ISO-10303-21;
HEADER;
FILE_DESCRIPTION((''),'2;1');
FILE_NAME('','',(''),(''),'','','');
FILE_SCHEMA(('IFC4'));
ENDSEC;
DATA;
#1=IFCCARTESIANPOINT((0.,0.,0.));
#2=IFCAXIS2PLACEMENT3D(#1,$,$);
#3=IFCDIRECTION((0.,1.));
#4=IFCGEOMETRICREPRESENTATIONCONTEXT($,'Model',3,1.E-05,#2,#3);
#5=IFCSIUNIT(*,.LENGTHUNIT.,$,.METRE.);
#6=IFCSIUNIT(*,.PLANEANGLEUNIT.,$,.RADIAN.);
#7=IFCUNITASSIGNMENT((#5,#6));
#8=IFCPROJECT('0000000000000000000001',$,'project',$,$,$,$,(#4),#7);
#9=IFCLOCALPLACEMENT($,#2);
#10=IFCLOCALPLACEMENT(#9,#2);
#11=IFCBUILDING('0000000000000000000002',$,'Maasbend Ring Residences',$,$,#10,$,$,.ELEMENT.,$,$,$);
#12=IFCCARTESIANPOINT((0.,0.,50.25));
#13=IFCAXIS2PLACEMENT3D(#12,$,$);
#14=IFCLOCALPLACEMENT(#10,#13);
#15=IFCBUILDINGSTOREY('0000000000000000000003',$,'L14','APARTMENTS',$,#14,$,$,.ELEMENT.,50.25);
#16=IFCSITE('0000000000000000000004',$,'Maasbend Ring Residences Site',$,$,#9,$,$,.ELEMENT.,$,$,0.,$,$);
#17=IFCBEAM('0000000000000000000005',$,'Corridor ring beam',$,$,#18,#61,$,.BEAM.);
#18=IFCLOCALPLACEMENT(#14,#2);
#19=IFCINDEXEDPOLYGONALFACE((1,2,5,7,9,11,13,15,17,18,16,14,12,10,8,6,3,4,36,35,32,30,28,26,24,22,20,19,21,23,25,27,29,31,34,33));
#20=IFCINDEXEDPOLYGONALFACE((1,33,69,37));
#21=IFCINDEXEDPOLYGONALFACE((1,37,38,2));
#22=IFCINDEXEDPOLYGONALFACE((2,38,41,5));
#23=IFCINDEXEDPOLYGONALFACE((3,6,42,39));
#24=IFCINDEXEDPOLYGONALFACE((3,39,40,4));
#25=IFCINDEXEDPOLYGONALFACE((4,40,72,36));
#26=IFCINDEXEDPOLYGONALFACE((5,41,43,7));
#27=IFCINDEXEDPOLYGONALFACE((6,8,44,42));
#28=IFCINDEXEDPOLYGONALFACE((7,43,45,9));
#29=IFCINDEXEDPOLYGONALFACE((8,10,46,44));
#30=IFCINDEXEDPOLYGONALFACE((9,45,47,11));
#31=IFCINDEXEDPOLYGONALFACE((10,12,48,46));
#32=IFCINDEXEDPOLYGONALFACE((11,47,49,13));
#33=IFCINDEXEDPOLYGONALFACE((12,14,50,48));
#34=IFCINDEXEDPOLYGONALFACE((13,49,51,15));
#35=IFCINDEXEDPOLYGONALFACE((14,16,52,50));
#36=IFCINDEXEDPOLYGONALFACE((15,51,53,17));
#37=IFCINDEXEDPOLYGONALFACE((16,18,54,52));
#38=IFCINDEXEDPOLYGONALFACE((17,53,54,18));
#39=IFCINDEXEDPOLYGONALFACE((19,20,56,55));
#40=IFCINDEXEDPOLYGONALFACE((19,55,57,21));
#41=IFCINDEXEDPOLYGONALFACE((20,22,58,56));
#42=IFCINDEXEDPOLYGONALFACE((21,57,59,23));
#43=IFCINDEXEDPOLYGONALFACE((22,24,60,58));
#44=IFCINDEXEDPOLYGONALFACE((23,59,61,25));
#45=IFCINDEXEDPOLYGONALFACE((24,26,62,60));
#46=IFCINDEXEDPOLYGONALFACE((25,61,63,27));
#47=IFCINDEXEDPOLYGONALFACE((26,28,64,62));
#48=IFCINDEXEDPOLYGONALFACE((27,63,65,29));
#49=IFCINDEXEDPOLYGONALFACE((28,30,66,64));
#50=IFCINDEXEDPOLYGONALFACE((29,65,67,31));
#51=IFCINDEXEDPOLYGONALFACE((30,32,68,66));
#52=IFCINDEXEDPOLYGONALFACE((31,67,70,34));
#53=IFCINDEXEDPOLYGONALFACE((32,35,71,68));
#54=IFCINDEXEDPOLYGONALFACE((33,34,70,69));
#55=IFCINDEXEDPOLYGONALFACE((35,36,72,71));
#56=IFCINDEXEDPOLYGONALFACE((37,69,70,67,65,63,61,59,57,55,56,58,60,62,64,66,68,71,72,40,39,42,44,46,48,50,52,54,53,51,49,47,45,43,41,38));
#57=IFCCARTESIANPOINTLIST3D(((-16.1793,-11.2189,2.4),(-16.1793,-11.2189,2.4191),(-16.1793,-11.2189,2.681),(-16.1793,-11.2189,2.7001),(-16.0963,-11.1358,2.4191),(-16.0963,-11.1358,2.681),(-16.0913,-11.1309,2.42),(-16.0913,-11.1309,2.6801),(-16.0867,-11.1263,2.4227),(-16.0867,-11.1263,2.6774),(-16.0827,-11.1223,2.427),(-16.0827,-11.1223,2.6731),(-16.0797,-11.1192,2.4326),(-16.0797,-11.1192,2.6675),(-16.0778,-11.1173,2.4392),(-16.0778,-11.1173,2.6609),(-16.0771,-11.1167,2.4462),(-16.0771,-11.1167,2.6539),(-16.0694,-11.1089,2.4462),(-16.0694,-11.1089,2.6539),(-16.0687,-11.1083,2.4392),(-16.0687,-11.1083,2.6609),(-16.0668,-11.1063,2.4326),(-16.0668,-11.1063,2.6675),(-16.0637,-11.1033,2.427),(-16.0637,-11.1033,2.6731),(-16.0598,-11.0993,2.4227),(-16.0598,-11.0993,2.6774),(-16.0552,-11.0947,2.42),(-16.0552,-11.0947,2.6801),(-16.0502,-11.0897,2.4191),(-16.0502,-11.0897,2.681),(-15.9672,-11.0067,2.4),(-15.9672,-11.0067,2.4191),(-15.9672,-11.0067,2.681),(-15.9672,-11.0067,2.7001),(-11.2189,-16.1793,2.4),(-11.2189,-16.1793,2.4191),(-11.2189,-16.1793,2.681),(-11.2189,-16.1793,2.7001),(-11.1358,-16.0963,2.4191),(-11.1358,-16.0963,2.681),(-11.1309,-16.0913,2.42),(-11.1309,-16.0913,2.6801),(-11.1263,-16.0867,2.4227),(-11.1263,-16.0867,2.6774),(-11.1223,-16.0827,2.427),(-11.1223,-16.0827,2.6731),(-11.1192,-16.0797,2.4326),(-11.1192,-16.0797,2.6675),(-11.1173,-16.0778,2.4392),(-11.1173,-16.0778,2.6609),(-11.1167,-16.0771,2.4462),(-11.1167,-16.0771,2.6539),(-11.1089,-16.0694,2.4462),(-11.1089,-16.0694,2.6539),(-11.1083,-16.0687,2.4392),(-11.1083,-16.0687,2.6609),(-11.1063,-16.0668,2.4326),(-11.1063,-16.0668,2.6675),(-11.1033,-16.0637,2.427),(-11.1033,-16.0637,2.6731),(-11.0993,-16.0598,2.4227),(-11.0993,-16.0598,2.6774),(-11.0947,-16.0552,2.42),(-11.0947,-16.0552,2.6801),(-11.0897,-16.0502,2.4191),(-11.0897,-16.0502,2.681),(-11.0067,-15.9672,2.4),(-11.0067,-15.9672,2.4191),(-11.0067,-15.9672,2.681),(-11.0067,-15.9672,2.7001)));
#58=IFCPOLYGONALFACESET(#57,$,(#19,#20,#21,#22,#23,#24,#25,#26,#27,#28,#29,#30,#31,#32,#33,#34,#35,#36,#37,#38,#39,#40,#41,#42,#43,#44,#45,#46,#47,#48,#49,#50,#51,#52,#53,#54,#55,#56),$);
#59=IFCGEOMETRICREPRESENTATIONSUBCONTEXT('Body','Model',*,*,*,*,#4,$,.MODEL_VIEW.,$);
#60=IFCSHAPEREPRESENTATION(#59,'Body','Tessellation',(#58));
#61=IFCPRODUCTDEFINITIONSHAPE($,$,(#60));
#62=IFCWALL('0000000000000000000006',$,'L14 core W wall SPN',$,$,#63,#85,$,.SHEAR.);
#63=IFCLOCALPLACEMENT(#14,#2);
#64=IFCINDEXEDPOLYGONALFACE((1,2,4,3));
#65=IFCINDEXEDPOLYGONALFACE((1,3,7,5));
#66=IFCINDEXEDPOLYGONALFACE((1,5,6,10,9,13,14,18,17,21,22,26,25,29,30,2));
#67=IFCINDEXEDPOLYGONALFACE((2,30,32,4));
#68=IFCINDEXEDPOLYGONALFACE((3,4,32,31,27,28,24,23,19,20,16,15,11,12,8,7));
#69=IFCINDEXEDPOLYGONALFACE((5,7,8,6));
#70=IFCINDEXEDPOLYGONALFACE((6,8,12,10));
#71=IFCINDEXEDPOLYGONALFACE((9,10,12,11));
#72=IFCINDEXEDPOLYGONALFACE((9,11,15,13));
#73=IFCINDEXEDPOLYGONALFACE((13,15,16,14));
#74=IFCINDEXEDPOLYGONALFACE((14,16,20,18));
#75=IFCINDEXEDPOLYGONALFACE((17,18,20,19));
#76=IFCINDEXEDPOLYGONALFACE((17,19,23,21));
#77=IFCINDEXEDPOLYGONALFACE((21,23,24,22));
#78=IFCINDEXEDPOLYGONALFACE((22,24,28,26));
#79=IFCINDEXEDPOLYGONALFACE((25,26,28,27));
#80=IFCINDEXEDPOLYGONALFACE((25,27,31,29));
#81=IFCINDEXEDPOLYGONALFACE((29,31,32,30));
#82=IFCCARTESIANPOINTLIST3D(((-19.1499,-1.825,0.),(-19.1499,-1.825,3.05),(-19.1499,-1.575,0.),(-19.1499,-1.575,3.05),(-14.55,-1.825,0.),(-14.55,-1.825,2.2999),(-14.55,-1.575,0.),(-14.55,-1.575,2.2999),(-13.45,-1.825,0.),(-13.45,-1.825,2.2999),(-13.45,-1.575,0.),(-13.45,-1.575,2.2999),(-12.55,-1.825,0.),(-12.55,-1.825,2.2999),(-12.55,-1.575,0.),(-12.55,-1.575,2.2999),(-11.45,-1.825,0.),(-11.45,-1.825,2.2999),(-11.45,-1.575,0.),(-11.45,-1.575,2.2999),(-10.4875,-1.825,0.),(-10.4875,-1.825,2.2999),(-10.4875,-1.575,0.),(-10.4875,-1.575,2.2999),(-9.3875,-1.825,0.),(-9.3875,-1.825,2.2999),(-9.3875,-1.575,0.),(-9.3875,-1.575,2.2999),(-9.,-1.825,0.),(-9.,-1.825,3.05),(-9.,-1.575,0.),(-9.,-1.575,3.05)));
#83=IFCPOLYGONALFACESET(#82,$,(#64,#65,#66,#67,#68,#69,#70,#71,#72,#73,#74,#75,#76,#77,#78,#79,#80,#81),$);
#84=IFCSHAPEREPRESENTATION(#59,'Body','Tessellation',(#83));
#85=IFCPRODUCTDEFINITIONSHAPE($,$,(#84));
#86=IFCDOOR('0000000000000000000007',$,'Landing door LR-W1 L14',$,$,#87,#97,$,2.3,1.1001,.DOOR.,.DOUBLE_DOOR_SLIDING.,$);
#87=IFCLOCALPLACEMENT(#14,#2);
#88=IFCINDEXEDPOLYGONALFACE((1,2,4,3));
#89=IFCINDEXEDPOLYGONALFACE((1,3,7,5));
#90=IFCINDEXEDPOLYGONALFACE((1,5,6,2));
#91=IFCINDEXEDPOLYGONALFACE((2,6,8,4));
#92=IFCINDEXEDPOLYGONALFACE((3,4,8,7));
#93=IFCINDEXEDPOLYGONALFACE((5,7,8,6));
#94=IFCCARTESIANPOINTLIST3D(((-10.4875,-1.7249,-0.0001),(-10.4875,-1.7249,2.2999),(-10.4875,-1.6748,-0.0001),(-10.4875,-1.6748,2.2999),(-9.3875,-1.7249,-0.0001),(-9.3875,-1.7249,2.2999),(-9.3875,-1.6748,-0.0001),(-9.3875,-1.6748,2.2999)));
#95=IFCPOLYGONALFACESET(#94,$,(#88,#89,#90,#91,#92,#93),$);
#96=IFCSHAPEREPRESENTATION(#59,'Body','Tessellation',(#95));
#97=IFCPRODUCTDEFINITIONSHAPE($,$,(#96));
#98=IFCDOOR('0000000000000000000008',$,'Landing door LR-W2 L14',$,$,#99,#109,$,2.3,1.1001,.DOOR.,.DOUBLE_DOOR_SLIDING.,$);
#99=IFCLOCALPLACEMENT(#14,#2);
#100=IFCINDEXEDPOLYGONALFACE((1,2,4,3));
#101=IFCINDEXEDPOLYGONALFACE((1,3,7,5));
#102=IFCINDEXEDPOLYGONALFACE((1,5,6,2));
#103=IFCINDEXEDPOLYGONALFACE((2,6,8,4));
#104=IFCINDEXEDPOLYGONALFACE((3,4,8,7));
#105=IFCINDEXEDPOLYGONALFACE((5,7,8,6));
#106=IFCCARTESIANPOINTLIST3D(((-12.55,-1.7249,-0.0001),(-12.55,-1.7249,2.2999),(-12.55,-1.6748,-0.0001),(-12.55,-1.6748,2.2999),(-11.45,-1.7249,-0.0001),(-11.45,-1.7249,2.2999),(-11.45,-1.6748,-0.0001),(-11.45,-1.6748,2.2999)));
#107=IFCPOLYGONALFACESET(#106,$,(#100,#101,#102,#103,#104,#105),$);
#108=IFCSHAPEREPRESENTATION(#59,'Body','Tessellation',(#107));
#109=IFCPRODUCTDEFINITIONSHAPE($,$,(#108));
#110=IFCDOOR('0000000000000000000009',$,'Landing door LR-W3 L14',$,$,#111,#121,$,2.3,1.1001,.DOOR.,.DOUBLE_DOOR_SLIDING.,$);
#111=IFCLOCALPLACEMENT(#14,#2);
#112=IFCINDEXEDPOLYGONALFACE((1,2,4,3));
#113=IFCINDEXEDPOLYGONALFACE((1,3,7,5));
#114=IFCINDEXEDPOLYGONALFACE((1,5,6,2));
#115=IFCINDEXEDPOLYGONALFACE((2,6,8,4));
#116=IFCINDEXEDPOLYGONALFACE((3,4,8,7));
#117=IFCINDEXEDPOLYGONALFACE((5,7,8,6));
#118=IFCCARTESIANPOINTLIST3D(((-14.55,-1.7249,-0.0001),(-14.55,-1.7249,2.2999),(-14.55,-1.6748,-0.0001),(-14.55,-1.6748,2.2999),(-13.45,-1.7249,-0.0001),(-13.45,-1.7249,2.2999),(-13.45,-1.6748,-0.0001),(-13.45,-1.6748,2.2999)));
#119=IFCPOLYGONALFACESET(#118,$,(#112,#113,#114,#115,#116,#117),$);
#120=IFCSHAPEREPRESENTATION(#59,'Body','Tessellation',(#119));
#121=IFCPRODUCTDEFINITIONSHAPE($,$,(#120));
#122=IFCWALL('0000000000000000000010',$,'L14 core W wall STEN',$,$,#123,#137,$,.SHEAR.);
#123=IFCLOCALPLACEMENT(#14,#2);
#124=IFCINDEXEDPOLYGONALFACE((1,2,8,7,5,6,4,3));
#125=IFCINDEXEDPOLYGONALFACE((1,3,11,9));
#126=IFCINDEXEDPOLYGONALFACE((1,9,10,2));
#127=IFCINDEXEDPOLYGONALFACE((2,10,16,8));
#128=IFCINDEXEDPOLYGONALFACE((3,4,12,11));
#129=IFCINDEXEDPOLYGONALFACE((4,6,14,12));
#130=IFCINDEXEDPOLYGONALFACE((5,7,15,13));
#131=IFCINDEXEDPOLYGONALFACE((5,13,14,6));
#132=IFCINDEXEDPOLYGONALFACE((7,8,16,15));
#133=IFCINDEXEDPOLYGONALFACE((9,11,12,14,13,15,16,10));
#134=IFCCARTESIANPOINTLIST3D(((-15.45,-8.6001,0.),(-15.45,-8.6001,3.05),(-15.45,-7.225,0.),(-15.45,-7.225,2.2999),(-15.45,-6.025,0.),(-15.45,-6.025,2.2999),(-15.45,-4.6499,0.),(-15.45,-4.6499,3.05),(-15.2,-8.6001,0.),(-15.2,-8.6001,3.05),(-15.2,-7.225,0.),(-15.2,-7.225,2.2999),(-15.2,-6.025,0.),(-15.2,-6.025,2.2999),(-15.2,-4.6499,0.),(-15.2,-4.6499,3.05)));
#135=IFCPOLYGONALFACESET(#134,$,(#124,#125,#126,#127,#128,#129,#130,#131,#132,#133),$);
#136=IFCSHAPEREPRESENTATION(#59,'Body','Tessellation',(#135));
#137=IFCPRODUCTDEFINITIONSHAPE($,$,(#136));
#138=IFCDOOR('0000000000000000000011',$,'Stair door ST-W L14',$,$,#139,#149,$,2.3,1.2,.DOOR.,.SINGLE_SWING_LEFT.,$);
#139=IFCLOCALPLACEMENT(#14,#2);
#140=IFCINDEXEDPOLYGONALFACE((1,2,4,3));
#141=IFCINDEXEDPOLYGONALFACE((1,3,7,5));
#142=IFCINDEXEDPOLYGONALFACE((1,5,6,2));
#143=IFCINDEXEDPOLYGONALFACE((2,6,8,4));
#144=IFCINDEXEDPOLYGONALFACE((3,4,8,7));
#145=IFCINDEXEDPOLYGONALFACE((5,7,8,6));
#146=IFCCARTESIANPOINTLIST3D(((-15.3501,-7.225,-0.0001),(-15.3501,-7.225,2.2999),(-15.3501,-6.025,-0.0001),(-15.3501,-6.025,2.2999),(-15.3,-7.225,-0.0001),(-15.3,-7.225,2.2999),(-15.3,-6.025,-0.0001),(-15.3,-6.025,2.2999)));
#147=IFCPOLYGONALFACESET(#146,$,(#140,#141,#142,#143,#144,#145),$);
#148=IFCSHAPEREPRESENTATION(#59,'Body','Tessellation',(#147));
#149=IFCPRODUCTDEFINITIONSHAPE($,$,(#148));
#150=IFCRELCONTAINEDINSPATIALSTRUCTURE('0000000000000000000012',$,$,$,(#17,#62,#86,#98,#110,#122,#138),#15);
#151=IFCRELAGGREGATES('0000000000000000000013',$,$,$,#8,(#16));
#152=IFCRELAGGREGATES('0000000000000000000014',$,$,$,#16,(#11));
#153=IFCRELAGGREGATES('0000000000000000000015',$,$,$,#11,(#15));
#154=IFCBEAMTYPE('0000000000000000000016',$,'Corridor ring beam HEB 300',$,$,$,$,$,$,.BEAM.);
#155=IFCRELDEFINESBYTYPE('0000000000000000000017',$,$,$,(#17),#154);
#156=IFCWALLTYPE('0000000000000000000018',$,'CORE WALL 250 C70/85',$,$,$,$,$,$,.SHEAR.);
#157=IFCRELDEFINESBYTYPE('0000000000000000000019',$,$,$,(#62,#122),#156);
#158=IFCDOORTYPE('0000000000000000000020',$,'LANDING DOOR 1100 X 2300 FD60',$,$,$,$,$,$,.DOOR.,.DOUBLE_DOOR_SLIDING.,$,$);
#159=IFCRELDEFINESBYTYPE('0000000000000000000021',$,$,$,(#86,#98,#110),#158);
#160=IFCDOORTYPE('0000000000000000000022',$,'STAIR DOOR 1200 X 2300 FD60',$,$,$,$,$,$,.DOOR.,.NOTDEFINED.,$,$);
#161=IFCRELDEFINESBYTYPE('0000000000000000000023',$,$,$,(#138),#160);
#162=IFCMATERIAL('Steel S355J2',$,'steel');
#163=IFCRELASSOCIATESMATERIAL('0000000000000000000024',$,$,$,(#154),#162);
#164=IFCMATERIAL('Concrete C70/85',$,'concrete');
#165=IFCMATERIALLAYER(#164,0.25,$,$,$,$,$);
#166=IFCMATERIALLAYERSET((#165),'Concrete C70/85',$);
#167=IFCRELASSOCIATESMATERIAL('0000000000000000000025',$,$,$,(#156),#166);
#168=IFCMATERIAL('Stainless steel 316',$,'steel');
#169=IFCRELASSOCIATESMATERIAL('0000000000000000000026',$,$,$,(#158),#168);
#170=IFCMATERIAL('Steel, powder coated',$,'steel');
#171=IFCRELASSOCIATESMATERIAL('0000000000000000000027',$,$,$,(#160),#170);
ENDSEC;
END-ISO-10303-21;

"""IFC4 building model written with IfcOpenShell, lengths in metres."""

from ifc_helpers import new_model, si_unit, direction, frame, frame_2d, origin, origin_2d, place, context, subcontext, project, spatial, rectangle, i_section, extrude, material, layer, layer_set, material_profile, profile_set, type_object, element, fill, save


model = new_model("IFC4")

# Units and contexts
model_context = context("Model", 3, precision=1e-05, world=origin(), true_north=direction((0.0, 1.0)))
body_context = subcontext(model_context, "Body", "Model", "MODEL_VIEW")
ifc_project = project(units=[si_unit("LENGTHUNIT", "METRE"), si_unit("PLANEANGLEUNIT", "RADIAN")], contexts=[model_context])

# Site, building, storey
site_placement = place(None, origin())
site = spatial("IfcSite", under=ifc_project, at=site_placement, Name="Maasbend Ring Residences Site", CompositionType="ELEMENT", RefElevation=0.0)
building_placement = place(site_placement, origin())
building = spatial("IfcBuilding", under=site, at=building_placement, Name="Maasbend Ring Residences", CompositionType="ELEMENT")
storey_placement = place(building_placement, frame((0.0, 0.0, 50.25)))
storey = spatial("IfcBuildingStorey", under=building, at=storey_placement, Name="L14", Description="APARTMENTS", CompositionType="ELEMENT", Elevation=50.25)

# Beam
ifc_material_1 = material(Name="Steel S355J2", Category="steel")
ifc_material_profile = material_profile(ifc_material_1, i_section(OverallWidth=0.3, OverallDepth=0.3, WebThickness=0.011, FlangeThickness=0.019, FilletRadius=0.0271, at=origin_2d()), Name="HEB 300")
ifc_profile_set = profile_set([ifc_material_profile], Name="Steel S355J2")
beam_type = type_object("IfcBeamType", Name="Corridor ring beam HEB 300", PredefinedType="BEAM", material=ifc_profile_set)
beam_placement = place(storey_placement, frame((-16.0732, -11.1128, 2.55), z_axis=(0.707107, -0.707107, 0.0), x_axis=(0.707107, 0.707107, 0.0)))
element("IfcBeam", 1, at=beam_placement, inside=storey, type_object=beam_type, Name="Corridor ring beam", PredefinedType="BEAM", context=body_context, shape_type="SweptSolid", body=[
    extrude(i_section(OverallWidth=0.3, OverallDepth=0.3, WebThickness=0.011, FlangeThickness=0.019, FilletRadius=0.0271, at=origin_2d()), origin(), (0.0, 0.0, 1.0), 7.0151),
])

# Wall, openings, doors
ifc_material_2 = material(Name="Concrete C70/85", Category="concrete")
ifc_layer_1 = layer(ifc_material_2, 0.25)
ifc_layer_set_1 = layer_set([ifc_layer_1], Name="Concrete C70/85")
wall_type_1 = type_object("IfcWallType", Name="CORE WALL 250 C70/85", PredefinedType="SHEAR", material=ifc_layer_set_1)
wall_1_placement = place(storey_placement, frame((-9.0, -1.7, 0.0), z_axis=(0.0, 0.0, 1.0), x_axis=(-1.0, 0.0, 0.0)))
wall_1 = element("IfcWall", 2, at=wall_1_placement, inside=storey, type_object=wall_type_1, Name="L14 core W wall SPN", PredefinedType="SHEAR", context=body_context, shape_type="SweptSolid", body=[
    extrude(rectangle(XDim=10.1499, YDim=0.25, at=frame_2d((5.075, 0.0))), origin(), (0.0, 0.0, 1.0), 3.05),
])
opening_1_placement = place(wall_1_placement, frame((0.3875, 0.0, 0.0)))
opening_1 = element("IfcOpeningElement", 3, at=opening_1_placement, cuts=wall_1, PredefinedType="OPENING", context=body_context, shape_type="SweptSolid", body=[
    extrude(rectangle(XDim=1.1001, YDim=2.3, at=frame_2d((0.55, 1.1499))), frame((0.0, 0.135, 0.0), z_axis=(0.0, -1.0, 0.0), x_axis=(1.0, 0.0, 0.0)), (0.0, 0.0, 1.0), 0.27),
])
opening_2_placement = place(wall_1_placement, frame((2.45, 0.0, 0.0)))
opening_2 = element("IfcOpeningElement", 4, at=opening_2_placement, cuts=wall_1, PredefinedType="OPENING", context=body_context, shape_type="SweptSolid", body=[
    extrude(rectangle(XDim=1.1001, YDim=2.3, at=frame_2d((0.55, 1.1499))), frame((0.0, 0.135, 0.0), z_axis=(0.0, -1.0, 0.0), x_axis=(1.0, 0.0, 0.0)), (0.0, 0.0, 1.0), 0.27),
])
opening_3_placement = place(wall_1_placement, frame((4.45, 0.0, 0.0)))
opening_3 = element("IfcOpeningElement", 5, at=opening_3_placement, cuts=wall_1, PredefinedType="OPENING", context=body_context, shape_type="SweptSolid", body=[
    extrude(rectangle(XDim=1.1001, YDim=2.3, at=frame_2d((0.55, 1.1499))), frame((0.0, 0.135, 0.0), z_axis=(0.0, -1.0, 0.0), x_axis=(1.0, 0.0, 0.0)), (0.0, 0.0, 1.0), 0.27),
])
ifc_material_3 = material(Name="Stainless steel 316", Category="steel")
door_type_1 = type_object("IfcDoorType", Name="LANDING DOOR 1100 X 2300 FD60", OperationType="DOUBLE_DOOR_SLIDING", PredefinedType="DOOR", material=ifc_material_3)
door_1_placement = place(opening_1_placement, origin())
door_1 = element("IfcDoor", 6, at=door_1_placement, inside=storey, type_object=door_type_1, Name="Landing door LR-W1 L14", OperationType="DOUBLE_DOOR_SLIDING", OverallHeight=2.3, OverallWidth=1.1001, PredefinedType="DOOR", context=body_context, shape_type="SweptSolid", body=[
    extrude(rectangle(XDim=1.1001, YDim=2.3, at=frame_2d((0.55, 1.1499))), frame((0.0, 0.0249, 0.0), z_axis=(0.0, -1.0, 0.0), x_axis=(1.0, 0.0, 0.0)), (0.0, 0.0, 1.0), 0.05),
])
fill(opening_1, door_1)
door_2_placement = place(opening_2_placement, origin())
door_2 = element("IfcDoor", 7, at=door_2_placement, inside=storey, type_object=door_type_1, Name="Landing door LR-W2 L14", OperationType="DOUBLE_DOOR_SLIDING", OverallHeight=2.3, OverallWidth=1.1001, PredefinedType="DOOR", context=body_context, shape_type="SweptSolid", body=[
    extrude(rectangle(XDim=1.1001, YDim=2.3, at=frame_2d((0.55, 1.1499))), frame((0.0, 0.0249, 0.0), z_axis=(0.0, -1.0, 0.0), x_axis=(1.0, 0.0, 0.0)), (0.0, 0.0, 1.0), 0.05),
])
fill(opening_2, door_2)
door_3_placement = place(opening_3_placement, origin())
door_3 = element("IfcDoor", 8, at=door_3_placement, inside=storey, type_object=door_type_1, Name="Landing door LR-W3 L14", OperationType="DOUBLE_DOOR_SLIDING", OverallHeight=2.3, OverallWidth=1.1001, PredefinedType="DOOR", context=body_context, shape_type="SweptSolid", body=[
    extrude(rectangle(XDim=1.1001, YDim=2.3, at=frame_2d((0.55, 1.1499))), frame((0.0, 0.0249, 0.0), z_axis=(0.0, -1.0, 0.0), x_axis=(1.0, 0.0, 0.0)), (0.0, 0.0, 1.0), 0.05),
])
fill(opening_3, door_3)

# Wall, opening, door
wall_2_placement = place(storey_placement, frame((-15.325, -4.6499, 0.0), z_axis=(0.0, 0.0, 1.0), x_axis=(0.0, -1.0, 0.0)))
wall_2 = element("IfcWall", 9, at=wall_2_placement, inside=storey, type_object=wall_type_1, Name="L14 core W wall STEN", PredefinedType="SHEAR", context=body_context, shape_type="SweptSolid", body=[
    extrude(rectangle(XDim=3.9502, YDim=0.25, at=frame_2d((1.9751, 0.0))), origin(), (0.0, 0.0, 1.0), 3.05),
])
opening_4_placement = place(wall_2_placement, frame((1.375, 0.0, 0.0)))
opening_4 = element("IfcOpeningElement", 10, at=opening_4_placement, cuts=wall_2, PredefinedType="OPENING", context=body_context, shape_type="SweptSolid", body=[
    extrude(rectangle(XDim=1.2, YDim=2.3, at=frame_2d((0.6001, 1.1499))), frame((0.0, 0.135, 0.0), z_axis=(0.0, -1.0, 0.0), x_axis=(1.0, 0.0, 0.0)), (0.0, 0.0, 1.0), 0.27),
])
ifc_material_4 = material(Name="Steel, powder coated", Category="steel")
door_type_2 = type_object("IfcDoorType", Name="STAIR DOOR 1200 X 2300 FD60", OperationType="NOTDEFINED", PredefinedType="DOOR", material=ifc_material_4)
door_4_placement = place(opening_4_placement, origin())
door_4 = element("IfcDoor", 11, at=door_4_placement, inside=storey, type_object=door_type_2, Name="Stair door ST-W L14", OperationType="SINGLE_SWING_LEFT", OverallHeight=2.3, OverallWidth=1.2, PredefinedType="DOOR", context=body_context, shape_type="SweptSolid", body=[
    extrude(rectangle(XDim=1.2, YDim=2.3, at=frame_2d((0.6001, 1.1499))), frame((0.0, 0.0249, 0.0), z_axis=(0.0, -1.0, 0.0), x_axis=(1.0, 0.0, 0.0)), (0.0, 0.0, 1.0), 0.05),
])
fill(opening_4, door_4)

save(model, "model.ifc")
